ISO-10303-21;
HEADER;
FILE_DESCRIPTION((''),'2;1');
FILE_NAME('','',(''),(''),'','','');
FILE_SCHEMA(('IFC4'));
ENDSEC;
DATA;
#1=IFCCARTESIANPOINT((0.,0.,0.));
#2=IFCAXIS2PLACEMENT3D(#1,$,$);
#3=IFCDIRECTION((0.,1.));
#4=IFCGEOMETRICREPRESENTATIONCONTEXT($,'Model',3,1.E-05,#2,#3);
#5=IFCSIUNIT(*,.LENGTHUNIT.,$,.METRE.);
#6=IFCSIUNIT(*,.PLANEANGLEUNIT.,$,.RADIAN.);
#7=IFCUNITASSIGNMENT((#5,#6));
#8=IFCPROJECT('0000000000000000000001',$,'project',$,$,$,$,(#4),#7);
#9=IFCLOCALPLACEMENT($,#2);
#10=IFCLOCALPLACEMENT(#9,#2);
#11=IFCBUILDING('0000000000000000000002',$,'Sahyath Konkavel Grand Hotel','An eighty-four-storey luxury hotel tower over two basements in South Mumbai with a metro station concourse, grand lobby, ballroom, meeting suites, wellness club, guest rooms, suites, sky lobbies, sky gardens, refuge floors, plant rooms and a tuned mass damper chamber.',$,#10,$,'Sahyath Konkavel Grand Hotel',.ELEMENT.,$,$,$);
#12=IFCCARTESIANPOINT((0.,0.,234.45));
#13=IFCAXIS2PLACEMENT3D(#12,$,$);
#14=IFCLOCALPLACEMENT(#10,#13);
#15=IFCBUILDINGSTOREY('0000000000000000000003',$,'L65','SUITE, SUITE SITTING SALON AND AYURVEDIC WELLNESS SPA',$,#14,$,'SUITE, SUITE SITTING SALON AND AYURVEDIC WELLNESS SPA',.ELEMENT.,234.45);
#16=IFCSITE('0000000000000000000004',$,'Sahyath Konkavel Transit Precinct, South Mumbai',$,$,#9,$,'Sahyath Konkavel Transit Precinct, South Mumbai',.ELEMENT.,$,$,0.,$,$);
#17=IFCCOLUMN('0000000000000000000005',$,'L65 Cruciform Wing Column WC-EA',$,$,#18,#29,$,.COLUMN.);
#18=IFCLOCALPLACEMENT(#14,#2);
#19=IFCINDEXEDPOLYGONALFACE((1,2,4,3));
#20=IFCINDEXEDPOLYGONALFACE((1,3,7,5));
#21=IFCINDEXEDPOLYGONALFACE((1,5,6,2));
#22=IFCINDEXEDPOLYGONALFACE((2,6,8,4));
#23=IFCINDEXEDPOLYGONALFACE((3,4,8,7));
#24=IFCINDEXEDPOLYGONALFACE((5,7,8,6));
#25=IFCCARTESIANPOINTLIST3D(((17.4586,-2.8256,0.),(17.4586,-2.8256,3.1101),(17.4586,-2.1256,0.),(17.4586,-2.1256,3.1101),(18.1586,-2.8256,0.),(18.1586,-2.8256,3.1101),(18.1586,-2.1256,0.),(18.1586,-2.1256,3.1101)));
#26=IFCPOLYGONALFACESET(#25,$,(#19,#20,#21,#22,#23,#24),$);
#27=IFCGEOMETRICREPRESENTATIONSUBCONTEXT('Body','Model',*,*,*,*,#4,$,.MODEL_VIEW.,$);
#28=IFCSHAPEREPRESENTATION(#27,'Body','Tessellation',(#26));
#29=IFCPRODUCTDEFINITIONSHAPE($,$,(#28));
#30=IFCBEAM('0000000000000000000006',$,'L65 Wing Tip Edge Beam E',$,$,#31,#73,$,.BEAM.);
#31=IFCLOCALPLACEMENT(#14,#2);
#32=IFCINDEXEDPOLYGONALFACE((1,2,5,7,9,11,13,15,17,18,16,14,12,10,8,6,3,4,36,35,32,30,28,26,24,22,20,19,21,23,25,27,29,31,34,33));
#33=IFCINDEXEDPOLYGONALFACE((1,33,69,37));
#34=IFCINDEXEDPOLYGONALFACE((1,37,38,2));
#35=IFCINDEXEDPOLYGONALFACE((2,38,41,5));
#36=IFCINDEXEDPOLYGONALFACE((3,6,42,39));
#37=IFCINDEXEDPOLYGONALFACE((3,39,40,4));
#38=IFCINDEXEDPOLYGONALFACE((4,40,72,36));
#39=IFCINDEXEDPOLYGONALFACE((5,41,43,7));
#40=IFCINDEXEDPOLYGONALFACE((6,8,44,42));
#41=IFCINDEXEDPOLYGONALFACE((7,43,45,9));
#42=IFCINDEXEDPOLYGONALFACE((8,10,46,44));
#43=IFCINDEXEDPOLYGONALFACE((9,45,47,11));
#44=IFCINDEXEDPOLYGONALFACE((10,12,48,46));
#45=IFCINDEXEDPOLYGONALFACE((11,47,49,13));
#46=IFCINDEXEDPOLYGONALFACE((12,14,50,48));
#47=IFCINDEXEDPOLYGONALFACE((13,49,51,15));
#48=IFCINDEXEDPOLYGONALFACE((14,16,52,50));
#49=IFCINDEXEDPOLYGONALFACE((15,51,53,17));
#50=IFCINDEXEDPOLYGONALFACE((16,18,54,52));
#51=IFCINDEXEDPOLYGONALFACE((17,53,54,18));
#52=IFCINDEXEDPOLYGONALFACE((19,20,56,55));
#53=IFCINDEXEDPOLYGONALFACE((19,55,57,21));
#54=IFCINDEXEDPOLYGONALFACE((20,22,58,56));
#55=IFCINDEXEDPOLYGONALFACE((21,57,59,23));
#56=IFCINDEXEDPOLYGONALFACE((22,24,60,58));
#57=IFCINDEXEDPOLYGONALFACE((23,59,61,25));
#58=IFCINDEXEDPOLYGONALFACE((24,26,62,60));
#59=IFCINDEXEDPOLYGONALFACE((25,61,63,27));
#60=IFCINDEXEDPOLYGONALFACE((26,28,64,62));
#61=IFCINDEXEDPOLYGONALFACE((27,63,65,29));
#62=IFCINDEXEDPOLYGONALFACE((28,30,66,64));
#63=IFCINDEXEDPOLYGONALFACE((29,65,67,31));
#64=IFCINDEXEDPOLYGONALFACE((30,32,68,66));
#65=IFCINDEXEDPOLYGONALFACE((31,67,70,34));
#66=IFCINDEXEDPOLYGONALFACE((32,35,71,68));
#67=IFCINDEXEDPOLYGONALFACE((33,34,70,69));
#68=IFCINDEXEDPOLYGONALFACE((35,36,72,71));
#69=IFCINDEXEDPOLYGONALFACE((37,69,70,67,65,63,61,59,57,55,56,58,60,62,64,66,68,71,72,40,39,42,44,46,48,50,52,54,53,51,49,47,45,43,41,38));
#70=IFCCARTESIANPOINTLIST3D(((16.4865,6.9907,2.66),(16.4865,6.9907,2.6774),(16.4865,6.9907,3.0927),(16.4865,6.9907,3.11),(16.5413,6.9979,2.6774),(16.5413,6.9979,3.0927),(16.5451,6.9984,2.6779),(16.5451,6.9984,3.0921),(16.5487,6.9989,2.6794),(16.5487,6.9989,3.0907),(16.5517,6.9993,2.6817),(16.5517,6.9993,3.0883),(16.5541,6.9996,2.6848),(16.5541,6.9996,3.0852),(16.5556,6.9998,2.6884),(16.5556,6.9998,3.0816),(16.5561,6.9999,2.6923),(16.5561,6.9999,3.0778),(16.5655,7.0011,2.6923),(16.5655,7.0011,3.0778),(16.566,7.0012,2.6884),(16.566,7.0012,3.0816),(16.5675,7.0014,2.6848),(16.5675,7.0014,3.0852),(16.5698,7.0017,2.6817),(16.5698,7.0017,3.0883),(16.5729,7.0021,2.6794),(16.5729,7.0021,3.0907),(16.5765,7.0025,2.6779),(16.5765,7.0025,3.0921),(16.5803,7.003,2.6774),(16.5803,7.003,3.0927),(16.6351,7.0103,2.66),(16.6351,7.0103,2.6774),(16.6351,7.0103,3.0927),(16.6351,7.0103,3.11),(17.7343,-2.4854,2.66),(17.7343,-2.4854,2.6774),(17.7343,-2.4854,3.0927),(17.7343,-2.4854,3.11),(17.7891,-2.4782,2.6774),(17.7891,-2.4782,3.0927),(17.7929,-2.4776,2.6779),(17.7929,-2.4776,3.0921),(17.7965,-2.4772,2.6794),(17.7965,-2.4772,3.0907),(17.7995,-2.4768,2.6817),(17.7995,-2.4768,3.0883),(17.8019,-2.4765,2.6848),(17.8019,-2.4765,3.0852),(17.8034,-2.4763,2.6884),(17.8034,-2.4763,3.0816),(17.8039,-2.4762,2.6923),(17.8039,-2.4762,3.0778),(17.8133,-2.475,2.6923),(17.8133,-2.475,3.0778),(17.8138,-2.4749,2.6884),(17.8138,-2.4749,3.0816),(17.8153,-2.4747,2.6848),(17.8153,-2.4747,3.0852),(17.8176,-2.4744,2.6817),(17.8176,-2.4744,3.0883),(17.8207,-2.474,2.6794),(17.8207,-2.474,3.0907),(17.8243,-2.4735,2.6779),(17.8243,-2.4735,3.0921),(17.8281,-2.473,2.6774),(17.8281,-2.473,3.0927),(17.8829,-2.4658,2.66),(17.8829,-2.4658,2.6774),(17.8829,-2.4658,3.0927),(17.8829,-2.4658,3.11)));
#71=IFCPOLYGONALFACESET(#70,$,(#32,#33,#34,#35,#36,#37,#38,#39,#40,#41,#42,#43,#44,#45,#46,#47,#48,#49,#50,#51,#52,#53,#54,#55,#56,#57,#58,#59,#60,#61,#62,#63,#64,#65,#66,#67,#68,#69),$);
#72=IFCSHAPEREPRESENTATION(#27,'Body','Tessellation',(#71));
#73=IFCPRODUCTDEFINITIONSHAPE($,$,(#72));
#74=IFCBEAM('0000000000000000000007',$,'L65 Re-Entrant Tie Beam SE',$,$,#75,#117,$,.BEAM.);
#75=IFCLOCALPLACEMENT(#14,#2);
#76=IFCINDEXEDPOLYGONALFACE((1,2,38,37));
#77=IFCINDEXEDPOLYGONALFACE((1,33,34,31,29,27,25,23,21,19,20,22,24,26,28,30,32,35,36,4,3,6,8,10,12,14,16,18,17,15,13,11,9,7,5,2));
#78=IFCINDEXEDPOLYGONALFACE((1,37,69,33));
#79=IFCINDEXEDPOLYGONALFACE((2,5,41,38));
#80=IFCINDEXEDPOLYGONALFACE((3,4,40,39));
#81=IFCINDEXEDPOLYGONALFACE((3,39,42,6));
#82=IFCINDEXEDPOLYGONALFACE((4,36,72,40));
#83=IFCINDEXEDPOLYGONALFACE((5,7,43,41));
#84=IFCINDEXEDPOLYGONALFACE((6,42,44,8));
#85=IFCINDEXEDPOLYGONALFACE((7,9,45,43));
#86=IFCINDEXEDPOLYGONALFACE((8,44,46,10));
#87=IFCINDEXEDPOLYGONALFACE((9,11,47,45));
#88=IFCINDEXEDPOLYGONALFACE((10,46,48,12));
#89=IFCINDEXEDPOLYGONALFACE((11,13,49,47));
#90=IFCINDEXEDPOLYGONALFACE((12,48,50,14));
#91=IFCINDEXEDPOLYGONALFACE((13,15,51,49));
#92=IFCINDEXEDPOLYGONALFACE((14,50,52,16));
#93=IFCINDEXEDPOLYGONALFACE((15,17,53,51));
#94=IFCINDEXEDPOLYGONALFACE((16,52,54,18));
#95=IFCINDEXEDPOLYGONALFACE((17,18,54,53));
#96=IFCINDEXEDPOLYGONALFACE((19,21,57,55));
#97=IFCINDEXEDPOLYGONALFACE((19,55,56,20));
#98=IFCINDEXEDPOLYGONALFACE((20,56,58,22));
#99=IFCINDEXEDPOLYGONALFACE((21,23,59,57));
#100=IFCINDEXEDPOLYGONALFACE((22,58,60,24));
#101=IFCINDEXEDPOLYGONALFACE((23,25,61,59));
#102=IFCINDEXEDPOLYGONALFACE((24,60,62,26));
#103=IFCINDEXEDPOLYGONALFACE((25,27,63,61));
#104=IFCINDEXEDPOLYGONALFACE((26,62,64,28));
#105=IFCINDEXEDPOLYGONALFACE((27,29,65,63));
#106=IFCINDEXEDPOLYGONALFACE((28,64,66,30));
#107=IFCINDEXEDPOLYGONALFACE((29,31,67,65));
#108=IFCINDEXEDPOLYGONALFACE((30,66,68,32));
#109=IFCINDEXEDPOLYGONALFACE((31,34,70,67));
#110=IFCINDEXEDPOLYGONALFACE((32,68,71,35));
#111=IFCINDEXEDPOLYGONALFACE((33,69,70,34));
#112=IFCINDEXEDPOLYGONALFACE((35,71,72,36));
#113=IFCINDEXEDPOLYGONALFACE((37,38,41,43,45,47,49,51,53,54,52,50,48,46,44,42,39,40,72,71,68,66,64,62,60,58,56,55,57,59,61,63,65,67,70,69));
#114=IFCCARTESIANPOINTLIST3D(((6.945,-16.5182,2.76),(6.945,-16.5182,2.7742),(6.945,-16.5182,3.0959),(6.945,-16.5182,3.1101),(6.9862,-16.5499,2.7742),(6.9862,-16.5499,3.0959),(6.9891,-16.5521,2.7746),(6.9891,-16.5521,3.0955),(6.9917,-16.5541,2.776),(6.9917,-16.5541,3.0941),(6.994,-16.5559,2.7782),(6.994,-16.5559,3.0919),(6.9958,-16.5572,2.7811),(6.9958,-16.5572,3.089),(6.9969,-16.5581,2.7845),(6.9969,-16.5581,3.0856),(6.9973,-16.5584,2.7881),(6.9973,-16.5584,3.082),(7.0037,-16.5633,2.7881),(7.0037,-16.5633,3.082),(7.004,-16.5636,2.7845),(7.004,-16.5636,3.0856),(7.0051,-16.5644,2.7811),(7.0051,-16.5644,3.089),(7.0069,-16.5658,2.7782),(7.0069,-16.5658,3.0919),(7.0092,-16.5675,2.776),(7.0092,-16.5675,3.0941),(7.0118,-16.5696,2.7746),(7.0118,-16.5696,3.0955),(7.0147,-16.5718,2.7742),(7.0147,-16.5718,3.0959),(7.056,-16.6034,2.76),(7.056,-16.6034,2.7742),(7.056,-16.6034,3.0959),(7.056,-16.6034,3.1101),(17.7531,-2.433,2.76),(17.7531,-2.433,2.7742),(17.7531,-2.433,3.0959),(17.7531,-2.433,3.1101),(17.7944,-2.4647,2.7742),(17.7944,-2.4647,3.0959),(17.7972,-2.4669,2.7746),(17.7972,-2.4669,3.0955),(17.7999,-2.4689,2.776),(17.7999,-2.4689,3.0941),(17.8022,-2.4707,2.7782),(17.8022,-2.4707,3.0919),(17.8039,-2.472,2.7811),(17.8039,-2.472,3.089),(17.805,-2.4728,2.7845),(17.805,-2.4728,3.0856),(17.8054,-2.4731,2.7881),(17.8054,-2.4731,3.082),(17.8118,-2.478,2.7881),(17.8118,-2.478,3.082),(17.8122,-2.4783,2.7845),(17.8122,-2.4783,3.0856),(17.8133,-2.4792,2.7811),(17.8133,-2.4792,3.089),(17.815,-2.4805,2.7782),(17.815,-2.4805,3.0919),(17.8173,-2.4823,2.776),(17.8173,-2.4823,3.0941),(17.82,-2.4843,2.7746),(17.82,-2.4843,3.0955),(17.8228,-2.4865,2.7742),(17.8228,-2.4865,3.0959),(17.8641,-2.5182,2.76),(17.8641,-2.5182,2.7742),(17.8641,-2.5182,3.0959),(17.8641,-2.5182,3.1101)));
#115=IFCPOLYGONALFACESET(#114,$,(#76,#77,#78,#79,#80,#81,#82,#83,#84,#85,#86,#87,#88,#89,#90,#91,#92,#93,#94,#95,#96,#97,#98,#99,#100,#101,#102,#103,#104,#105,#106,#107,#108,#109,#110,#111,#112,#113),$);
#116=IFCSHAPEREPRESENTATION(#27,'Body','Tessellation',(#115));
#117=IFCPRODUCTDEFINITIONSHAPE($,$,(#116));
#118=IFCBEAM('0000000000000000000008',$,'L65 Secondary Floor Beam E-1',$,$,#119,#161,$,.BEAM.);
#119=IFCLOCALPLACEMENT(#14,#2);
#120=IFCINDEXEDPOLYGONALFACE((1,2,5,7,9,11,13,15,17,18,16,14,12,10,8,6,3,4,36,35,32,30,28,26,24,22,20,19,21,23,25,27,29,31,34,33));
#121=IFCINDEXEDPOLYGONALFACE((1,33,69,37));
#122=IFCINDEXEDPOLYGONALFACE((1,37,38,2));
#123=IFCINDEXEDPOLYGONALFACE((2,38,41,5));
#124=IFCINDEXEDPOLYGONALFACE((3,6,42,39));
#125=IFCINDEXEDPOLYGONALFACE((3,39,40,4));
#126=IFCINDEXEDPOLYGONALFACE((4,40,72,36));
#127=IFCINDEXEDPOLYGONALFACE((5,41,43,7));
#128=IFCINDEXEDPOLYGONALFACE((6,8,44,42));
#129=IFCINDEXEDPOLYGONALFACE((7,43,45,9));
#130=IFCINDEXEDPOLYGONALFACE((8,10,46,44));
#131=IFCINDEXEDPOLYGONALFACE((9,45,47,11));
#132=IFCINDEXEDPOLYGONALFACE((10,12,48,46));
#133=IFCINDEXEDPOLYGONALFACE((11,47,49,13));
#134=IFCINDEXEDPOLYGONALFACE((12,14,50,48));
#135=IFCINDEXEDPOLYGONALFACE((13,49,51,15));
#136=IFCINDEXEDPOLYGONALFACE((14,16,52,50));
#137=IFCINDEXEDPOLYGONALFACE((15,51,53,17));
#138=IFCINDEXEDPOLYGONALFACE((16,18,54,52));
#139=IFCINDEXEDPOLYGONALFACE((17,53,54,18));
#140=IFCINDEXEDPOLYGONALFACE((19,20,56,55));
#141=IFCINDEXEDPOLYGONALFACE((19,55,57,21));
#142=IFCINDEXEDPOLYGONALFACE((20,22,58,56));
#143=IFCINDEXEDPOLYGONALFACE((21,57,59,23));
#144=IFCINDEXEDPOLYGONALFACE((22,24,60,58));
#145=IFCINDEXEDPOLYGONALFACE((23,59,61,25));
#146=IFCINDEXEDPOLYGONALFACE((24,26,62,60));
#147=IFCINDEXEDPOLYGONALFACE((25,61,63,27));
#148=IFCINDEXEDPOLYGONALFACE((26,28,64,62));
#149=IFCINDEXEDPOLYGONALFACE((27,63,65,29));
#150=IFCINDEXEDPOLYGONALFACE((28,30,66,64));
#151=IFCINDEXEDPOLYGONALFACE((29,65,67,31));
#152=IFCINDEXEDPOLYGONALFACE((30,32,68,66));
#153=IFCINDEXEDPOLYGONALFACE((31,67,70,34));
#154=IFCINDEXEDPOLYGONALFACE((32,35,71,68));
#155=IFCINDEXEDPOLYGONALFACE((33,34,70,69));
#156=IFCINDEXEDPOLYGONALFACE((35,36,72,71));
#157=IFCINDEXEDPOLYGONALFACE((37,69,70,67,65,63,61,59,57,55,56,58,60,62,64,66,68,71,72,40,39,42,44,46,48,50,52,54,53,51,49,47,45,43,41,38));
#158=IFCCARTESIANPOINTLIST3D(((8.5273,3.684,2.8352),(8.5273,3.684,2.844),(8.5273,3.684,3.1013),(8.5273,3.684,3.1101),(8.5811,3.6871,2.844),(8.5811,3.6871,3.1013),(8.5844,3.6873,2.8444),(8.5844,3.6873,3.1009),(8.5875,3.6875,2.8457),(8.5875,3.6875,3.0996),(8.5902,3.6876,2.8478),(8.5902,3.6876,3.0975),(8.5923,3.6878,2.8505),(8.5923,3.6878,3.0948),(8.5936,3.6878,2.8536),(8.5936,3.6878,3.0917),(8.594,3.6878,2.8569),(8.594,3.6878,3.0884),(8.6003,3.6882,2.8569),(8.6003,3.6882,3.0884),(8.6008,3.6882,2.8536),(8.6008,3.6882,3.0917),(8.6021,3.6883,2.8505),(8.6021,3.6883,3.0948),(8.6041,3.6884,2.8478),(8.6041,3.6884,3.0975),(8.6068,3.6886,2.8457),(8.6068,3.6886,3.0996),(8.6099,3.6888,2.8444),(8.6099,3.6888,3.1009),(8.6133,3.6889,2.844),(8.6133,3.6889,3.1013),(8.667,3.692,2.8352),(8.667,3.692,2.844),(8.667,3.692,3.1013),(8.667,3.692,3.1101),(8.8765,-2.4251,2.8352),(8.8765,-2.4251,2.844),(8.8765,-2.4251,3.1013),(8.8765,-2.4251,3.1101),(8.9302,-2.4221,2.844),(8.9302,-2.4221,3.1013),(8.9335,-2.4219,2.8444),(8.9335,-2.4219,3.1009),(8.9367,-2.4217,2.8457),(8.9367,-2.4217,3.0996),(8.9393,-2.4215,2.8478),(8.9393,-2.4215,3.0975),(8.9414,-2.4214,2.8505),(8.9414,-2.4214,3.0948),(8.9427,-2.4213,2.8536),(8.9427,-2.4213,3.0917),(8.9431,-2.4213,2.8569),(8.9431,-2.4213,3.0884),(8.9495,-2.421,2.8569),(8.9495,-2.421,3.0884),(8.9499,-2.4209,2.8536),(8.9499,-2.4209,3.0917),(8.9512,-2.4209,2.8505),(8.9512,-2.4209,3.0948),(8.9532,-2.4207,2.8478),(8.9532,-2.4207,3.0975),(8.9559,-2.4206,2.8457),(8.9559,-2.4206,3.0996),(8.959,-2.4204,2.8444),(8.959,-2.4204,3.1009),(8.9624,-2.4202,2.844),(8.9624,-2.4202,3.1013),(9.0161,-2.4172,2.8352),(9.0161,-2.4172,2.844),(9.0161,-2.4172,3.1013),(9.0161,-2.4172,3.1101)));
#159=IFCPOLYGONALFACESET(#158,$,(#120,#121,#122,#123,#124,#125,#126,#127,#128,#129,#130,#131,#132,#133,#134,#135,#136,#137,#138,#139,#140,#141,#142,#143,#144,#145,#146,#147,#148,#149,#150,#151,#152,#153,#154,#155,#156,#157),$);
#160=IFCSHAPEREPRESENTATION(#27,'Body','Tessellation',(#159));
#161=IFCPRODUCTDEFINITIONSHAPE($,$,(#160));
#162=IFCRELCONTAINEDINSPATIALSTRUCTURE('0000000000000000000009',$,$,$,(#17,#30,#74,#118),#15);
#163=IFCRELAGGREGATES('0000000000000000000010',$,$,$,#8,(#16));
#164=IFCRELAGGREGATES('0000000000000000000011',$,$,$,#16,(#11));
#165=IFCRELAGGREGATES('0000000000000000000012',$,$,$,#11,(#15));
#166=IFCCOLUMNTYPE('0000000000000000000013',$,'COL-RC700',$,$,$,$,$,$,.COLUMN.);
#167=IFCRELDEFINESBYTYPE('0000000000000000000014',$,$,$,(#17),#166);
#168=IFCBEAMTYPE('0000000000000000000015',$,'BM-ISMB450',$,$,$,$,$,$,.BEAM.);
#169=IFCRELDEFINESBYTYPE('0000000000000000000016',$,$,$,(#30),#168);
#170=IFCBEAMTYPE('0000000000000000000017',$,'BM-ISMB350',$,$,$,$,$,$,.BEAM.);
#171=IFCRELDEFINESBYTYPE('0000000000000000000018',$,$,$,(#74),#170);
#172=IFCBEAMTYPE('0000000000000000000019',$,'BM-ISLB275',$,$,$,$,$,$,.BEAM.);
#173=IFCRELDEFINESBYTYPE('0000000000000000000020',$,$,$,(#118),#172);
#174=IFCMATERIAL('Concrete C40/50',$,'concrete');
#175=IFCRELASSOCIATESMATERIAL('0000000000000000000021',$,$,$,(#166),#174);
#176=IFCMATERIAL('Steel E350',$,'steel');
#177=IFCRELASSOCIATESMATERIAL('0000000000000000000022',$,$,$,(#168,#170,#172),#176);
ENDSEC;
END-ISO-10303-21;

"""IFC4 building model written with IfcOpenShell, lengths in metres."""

from ifc_helpers import new_model, si_unit, direction, frame, origin, origin_2d, place, context, subcontext, project, spatial, rectangle, i_section, extrude, source, transform, mapped, material, material_profile, profile_set, type_object, element, save


model = new_model("IFC4")

# Units and contexts
model_context = context("Model", 3, precision=1e-05, world=origin(), true_north=direction((0.0, 1.0)))
body_context = subcontext(model_context, "Body", "Model", "MODEL_VIEW")
ifc_project = project(units=[si_unit("LENGTHUNIT", "METRE"), si_unit("PLANEANGLEUNIT", "RADIAN")], contexts=[model_context])

# Site, building, storey
site_placement = place(None, origin())
site = spatial("IfcSite", under=ifc_project, at=site_placement, Name="Sahyath Konkavel Transit Precinct, South Mumbai", LongName="Sahyath Konkavel Transit Precinct, South Mumbai", CompositionType="ELEMENT", RefElevation=0.0)
building_placement = place(site_placement, origin())
building = spatial("IfcBuilding", under=site, at=building_placement, Name="Sahyath Konkavel Grand Hotel", Description="An eighty-four-storey luxury hotel tower over two basements in South Mumbai with a metro station concourse, grand lobby, ballroom, meeting suites, wellness club, guest rooms, suites, sky lobbies, sky gardens, refuge floors, plant rooms and a tuned mass damper chamber.", LongName="Sahyath Konkavel Grand Hotel", CompositionType="ELEMENT")
storey_placement = place(building_placement, frame((0.0, 0.0, 234.45)))
storey = spatial("IfcBuildingStorey", under=building, at=storey_placement, Name="L65", Description="SUITE, SUITE SITTING SALON AND AYURVEDIC WELLNESS SPA", LongName="SUITE, SUITE SITTING SALON AND AYURVEDIC WELLNESS SPA", CompositionType="ELEMENT", Elevation=234.45)

# Column
ifc_material_1 = material(Name="Concrete C40/50", Category="concrete")
ifc_material_profile_1 = material_profile(ifc_material_1, rectangle(XDim=0.7, YDim=0.7, at=origin_2d()), Name="RC 700x700")
ifc_profile_set_1 = profile_set([ifc_material_profile_1], Name="Concrete C40/50")
column_type = type_object("IfcColumnType", Name="COL-RC700", PredefinedType="COLUMN", material=ifc_profile_set_1)
shared_shape_1 = source(origin(), body_context, "Body", "SweptSolid", [
    extrude(rectangle(XDim=0.7, YDim=0.7, at=origin_2d()), origin(), (0.0, 0.0, 1.0), 3.1101),
])
column_placement = place(storey_placement, frame((17.8086, -2.4756, 0.0), z_axis=(0.0, 0.0, 1.0), x_axis=(1.0, 0.0, 0.0)))
element("IfcColumn", 1, at=column_placement, inside=storey, type_object=column_type, Name="L65 Cruciform Wing Column WC-EA", PredefinedType="COLUMN", context=body_context, shape_type="MappedRepresentation", body=[
    mapped(shared_shape_1, transform((0.0, 0.0, 0.0), scale=1.0)),
])

# Beams
ifc_material_2 = material(Name="Steel E350", Category="steel")
ifc_material_profile_2 = material_profile(ifc_material_2, i_section(OverallWidth=0.1499, OverallDepth=0.45, WebThickness=0.0095, FlangeThickness=0.0173, FilletRadius=0.0149, at=origin_2d()), Name="ISMB 450")
ifc_profile_set_2 = profile_set([ifc_material_profile_2], Name="Steel E350")
beam_type_1 = type_object("IfcBeamType", Name="BM-ISMB450", PredefinedType="BEAM", material=ifc_profile_set_2)
shared_shape_2 = source(origin(), body_context, "Body", "SweptSolid", [
    extrude(i_section(OverallWidth=0.1499, OverallDepth=0.45, WebThickness=0.0095, FlangeThickness=0.0173, FilletRadius=0.0149, at=origin_2d()), origin(), (0.0, 0.0, 1.0), 9.5579),
])
beam_1_placement = place(storey_placement, frame((17.8086, -2.4756, 2.885), z_axis=(-0.130552, 0.991441, 0.0), x_axis=(-0.991441, -0.130552, 0.0)))
element("IfcBeam", 2, at=beam_1_placement, inside=storey, type_object=beam_type_1, Name="L65 Wing Tip Edge Beam E", PredefinedType="BEAM", context=body_context, shape_type="MappedRepresentation", body=[
    mapped(shared_shape_2, transform((0.0, 0.0, 0.0), scale=1.0)),
])
ifc_material_profile_3 = material_profile(ifc_material_2, i_section(OverallWidth=0.1399, OverallDepth=0.3501, WebThickness=0.0081, FlangeThickness=0.0142, FilletRadius=0.0139, at=origin_2d()), Name="ISMB 350")
ifc_profile_set_3 = profile_set([ifc_material_profile_3], Name="Steel E350")
beam_type_2 = type_object("IfcBeamType", Name="BM-ISMB350", PredefinedType="BEAM", material=ifc_profile_set_3)
shared_shape_3 = source(origin(), body_context, "Body", "SweptSolid", [
    extrude(i_section(OverallWidth=0.1399, OverallDepth=0.3501, WebThickness=0.0081, FlangeThickness=0.0142, FilletRadius=0.0139, at=origin_2d()), origin(), (0.0, 0.0, 1.0), 17.7542),
])
beam_2_placement = place(storey_placement, frame((17.8086, -2.4756, 2.9351), z_axis=(-0.608767, -0.793349, 0.0), x_axis=(0.793349, -0.608767, 0.0)))
element("IfcBeam", 3, at=beam_2_placement, inside=storey, type_object=beam_type_2, Name="L65 Re-Entrant Tie Beam SE", PredefinedType="BEAM", context=body_context, shape_type="MappedRepresentation", body=[
    mapped(shared_shape_3, transform((0.0, 0.0, 0.0), scale=1.0)),
])
ifc_material_profile_4 = material_profile(ifc_material_2, i_section(OverallWidth=0.1399, OverallDepth=0.2749, WebThickness=0.0063, FlangeThickness=0.0088, FilletRadius=0.0129, at=origin_2d()), Name="ISLB 275")
ifc_profile_set_4 = profile_set([ifc_material_profile_4], Name="Steel E350")
beam_type_3 = type_object("IfcBeamType", Name="BM-ISLB275", PredefinedType="BEAM", material=ifc_profile_set_4)
shared_shape_4 = source(origin(), body_context, "Body", "SweptSolid", [
    extrude(i_section(OverallWidth=0.1399, OverallDepth=0.2749, WebThickness=0.0063, FlangeThickness=0.0088, FilletRadius=0.0129, at=origin_2d()), origin(), (0.0, 0.0, 1.0), 6.1191),
])
beam_3_placement = place(storey_placement, frame((8.9463, -2.4211, 2.9727), z_axis=(-0.057054, 0.998371, 0.0), x_axis=(-0.998371, -0.057054, 0.0)))
element("IfcBeam", 4, at=beam_3_placement, inside=storey, type_object=beam_type_3, Name="L65 Secondary Floor Beam E-1", PredefinedType="BEAM", context=body_context, shape_type="MappedRepresentation", body=[
    mapped(shared_shape_4, transform((0.0, 0.0, 0.0), scale=1.0)),
])

save(model, "model.ifc")
